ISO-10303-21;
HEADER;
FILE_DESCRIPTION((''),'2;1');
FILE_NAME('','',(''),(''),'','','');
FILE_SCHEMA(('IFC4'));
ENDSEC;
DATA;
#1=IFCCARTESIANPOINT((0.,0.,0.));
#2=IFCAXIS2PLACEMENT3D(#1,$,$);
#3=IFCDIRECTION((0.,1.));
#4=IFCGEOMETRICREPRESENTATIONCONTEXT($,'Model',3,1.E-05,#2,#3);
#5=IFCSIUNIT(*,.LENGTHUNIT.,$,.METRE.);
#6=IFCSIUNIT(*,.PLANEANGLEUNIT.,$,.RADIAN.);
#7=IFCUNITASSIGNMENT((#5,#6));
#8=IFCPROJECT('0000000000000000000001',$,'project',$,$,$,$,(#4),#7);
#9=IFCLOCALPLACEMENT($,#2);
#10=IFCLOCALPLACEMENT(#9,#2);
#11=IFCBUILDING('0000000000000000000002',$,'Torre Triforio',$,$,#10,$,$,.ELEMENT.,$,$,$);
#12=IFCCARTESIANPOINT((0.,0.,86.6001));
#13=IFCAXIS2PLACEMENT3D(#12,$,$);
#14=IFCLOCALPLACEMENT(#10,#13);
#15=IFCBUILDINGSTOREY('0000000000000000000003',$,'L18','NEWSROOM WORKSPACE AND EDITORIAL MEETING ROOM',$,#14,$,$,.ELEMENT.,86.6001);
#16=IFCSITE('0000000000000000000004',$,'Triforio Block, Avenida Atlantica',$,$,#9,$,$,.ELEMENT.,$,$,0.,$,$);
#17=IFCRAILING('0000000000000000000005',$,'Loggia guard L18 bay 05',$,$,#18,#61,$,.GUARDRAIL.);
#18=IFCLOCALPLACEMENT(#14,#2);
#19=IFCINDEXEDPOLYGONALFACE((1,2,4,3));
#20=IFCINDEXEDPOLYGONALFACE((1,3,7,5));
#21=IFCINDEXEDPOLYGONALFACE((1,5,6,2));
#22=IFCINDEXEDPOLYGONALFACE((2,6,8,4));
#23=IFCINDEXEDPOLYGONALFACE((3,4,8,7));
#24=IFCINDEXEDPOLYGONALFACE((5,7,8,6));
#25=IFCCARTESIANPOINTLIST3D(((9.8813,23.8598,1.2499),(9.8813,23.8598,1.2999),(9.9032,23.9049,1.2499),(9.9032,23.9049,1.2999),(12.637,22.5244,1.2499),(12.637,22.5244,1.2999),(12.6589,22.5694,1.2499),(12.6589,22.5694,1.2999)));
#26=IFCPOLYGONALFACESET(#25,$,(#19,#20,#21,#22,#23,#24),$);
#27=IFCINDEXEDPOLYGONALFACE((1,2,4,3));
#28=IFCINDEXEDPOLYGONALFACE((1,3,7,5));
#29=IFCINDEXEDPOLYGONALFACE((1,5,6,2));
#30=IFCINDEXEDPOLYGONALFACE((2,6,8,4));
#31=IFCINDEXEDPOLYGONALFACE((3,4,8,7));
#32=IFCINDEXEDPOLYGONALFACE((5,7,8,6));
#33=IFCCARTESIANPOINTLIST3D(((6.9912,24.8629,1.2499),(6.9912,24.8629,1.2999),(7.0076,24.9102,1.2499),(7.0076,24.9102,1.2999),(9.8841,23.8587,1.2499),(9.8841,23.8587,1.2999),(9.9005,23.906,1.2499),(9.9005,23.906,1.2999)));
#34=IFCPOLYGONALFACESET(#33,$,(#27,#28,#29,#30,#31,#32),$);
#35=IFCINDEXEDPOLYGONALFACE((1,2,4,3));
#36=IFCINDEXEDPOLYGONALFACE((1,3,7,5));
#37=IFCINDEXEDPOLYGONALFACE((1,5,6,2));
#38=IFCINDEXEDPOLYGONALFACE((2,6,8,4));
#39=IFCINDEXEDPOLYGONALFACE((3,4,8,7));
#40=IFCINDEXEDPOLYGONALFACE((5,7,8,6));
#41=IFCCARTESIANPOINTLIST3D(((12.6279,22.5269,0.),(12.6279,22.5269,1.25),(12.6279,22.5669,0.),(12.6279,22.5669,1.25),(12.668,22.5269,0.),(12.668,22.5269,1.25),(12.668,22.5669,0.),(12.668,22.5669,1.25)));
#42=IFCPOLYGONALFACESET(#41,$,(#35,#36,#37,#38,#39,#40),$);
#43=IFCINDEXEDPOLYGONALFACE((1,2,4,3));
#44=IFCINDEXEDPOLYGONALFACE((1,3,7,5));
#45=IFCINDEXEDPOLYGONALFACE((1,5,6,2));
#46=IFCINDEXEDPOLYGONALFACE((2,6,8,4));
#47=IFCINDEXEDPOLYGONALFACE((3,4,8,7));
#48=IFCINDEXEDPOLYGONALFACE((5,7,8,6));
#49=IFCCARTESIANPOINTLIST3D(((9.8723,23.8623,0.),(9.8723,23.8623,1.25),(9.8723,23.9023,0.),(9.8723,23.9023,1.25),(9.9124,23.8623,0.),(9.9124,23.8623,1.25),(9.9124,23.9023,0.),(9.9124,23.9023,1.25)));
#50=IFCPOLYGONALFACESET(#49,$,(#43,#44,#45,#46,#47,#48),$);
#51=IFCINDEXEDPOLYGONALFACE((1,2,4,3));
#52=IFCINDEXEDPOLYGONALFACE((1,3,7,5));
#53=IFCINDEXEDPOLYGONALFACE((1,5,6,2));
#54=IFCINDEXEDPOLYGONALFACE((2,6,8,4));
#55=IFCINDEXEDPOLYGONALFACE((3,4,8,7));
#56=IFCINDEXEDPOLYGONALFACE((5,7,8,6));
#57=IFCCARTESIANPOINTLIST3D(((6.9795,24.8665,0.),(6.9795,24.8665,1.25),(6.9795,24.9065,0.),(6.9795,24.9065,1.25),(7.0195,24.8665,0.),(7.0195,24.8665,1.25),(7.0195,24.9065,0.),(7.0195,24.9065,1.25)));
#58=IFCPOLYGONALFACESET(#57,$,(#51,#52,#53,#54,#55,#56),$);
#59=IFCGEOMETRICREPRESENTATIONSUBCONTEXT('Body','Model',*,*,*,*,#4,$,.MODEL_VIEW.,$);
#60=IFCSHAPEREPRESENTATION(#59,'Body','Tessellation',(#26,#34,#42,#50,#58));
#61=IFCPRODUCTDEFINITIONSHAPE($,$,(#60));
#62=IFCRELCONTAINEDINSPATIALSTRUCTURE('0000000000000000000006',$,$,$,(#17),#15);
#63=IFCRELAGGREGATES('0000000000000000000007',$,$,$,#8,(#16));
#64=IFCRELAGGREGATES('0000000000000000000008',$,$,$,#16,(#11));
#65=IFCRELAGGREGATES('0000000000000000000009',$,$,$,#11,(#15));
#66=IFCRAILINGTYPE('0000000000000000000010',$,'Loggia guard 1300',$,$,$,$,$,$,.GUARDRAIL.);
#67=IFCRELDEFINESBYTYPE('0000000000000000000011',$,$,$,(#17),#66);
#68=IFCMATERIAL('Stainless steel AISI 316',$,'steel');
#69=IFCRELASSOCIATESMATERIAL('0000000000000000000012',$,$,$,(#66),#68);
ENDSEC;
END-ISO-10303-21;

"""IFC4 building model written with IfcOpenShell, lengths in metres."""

from ifc_helpers import new_model, si_unit, direction, frame, origin, origin_2d, place, context, subcontext, project, spatial, rectangle, extrude, material, type_object, element, save


model = new_model("IFC4")

# Units and contexts
model_context = context("Model", 3, precision=1e-05, world=origin(), true_north=direction((0.0, 1.0)))
body_context = subcontext(model_context, "Body", "Model", "MODEL_VIEW")
ifc_project = project(units=[si_unit("LENGTHUNIT", "METRE"), si_unit("PLANEANGLEUNIT", "RADIAN")], contexts=[model_context])

# Site, building, storey
site_placement = place(None, origin())
site = spatial("IfcSite", under=ifc_project, at=site_placement, Name="Triforio Block, Avenida Atlantica", CompositionType="ELEMENT", RefElevation=0.0)
building_placement = place(site_placement, origin())
building = spatial("IfcBuilding", under=site, at=building_placement, Name="Torre Triforio", CompositionType="ELEMENT")
storey_placement = place(building_placement, frame((0.0, 0.0, 86.6001)))
storey = spatial("IfcBuildingStorey", under=building, at=storey_placement, Name="L18", Description="NEWSROOM WORKSPACE AND EDITORIAL MEETING ROOM", CompositionType="ELEMENT", Elevation=86.6001)

# Railing
ifc_material_1 = material(Name="Stainless steel AISI 316", Category="steel")
railing_type = type_object("IfcRailingType", Name="Loggia guard 1300", PredefinedType="GUARDRAIL", material=ifc_material_1)
railing_1_placement = place(storey_placement, frame((12.6479, 22.5469, 0.0)))
element("IfcRailing", 1, at=railing_1_placement, inside=storey, type_object=railing_type, Name="Loggia guard L18 bay 05", PredefinedType="GUARDRAIL", context=body_context, shape_type="SweptSolid", body=[
    extrude(rectangle(XDim=0.05, YDim=0.05, at=origin_2d()), frame((0.0, 0.0, 1.2749), z_axis=(-0.899892, 0.436113, 0.0), x_axis=(-0.436113, -0.899892, 0.0)), (0.0, 0.0, 1.0), 3.0623),
    extrude(rectangle(XDim=0.05, YDim=0.05, at=origin_2d()), frame((-2.7556, 1.3354, 1.2749), z_axis=(-0.944704, 0.327924, 0.0), x_axis=(-0.327924, -0.944704, 0.0)), (0.0, 0.0, 1.0), 3.0623),
    extrude(rectangle(XDim=0.04, YDim=0.04, at=origin_2d()), origin(), (0.0, 0.0, 1.0), 1.25),
    extrude(rectangle(XDim=0.04, YDim=0.04, at=origin_2d()), frame((-2.7556, 1.3354, 0.0)), (0.0, 0.0, 1.0), 1.25),
    extrude(rectangle(XDim=0.04, YDim=0.04, at=origin_2d()), frame((-5.6484, 2.3396, 0.0)), (0.0, 0.0, 1.0), 1.25),
])

save(model, "model.ifc")
